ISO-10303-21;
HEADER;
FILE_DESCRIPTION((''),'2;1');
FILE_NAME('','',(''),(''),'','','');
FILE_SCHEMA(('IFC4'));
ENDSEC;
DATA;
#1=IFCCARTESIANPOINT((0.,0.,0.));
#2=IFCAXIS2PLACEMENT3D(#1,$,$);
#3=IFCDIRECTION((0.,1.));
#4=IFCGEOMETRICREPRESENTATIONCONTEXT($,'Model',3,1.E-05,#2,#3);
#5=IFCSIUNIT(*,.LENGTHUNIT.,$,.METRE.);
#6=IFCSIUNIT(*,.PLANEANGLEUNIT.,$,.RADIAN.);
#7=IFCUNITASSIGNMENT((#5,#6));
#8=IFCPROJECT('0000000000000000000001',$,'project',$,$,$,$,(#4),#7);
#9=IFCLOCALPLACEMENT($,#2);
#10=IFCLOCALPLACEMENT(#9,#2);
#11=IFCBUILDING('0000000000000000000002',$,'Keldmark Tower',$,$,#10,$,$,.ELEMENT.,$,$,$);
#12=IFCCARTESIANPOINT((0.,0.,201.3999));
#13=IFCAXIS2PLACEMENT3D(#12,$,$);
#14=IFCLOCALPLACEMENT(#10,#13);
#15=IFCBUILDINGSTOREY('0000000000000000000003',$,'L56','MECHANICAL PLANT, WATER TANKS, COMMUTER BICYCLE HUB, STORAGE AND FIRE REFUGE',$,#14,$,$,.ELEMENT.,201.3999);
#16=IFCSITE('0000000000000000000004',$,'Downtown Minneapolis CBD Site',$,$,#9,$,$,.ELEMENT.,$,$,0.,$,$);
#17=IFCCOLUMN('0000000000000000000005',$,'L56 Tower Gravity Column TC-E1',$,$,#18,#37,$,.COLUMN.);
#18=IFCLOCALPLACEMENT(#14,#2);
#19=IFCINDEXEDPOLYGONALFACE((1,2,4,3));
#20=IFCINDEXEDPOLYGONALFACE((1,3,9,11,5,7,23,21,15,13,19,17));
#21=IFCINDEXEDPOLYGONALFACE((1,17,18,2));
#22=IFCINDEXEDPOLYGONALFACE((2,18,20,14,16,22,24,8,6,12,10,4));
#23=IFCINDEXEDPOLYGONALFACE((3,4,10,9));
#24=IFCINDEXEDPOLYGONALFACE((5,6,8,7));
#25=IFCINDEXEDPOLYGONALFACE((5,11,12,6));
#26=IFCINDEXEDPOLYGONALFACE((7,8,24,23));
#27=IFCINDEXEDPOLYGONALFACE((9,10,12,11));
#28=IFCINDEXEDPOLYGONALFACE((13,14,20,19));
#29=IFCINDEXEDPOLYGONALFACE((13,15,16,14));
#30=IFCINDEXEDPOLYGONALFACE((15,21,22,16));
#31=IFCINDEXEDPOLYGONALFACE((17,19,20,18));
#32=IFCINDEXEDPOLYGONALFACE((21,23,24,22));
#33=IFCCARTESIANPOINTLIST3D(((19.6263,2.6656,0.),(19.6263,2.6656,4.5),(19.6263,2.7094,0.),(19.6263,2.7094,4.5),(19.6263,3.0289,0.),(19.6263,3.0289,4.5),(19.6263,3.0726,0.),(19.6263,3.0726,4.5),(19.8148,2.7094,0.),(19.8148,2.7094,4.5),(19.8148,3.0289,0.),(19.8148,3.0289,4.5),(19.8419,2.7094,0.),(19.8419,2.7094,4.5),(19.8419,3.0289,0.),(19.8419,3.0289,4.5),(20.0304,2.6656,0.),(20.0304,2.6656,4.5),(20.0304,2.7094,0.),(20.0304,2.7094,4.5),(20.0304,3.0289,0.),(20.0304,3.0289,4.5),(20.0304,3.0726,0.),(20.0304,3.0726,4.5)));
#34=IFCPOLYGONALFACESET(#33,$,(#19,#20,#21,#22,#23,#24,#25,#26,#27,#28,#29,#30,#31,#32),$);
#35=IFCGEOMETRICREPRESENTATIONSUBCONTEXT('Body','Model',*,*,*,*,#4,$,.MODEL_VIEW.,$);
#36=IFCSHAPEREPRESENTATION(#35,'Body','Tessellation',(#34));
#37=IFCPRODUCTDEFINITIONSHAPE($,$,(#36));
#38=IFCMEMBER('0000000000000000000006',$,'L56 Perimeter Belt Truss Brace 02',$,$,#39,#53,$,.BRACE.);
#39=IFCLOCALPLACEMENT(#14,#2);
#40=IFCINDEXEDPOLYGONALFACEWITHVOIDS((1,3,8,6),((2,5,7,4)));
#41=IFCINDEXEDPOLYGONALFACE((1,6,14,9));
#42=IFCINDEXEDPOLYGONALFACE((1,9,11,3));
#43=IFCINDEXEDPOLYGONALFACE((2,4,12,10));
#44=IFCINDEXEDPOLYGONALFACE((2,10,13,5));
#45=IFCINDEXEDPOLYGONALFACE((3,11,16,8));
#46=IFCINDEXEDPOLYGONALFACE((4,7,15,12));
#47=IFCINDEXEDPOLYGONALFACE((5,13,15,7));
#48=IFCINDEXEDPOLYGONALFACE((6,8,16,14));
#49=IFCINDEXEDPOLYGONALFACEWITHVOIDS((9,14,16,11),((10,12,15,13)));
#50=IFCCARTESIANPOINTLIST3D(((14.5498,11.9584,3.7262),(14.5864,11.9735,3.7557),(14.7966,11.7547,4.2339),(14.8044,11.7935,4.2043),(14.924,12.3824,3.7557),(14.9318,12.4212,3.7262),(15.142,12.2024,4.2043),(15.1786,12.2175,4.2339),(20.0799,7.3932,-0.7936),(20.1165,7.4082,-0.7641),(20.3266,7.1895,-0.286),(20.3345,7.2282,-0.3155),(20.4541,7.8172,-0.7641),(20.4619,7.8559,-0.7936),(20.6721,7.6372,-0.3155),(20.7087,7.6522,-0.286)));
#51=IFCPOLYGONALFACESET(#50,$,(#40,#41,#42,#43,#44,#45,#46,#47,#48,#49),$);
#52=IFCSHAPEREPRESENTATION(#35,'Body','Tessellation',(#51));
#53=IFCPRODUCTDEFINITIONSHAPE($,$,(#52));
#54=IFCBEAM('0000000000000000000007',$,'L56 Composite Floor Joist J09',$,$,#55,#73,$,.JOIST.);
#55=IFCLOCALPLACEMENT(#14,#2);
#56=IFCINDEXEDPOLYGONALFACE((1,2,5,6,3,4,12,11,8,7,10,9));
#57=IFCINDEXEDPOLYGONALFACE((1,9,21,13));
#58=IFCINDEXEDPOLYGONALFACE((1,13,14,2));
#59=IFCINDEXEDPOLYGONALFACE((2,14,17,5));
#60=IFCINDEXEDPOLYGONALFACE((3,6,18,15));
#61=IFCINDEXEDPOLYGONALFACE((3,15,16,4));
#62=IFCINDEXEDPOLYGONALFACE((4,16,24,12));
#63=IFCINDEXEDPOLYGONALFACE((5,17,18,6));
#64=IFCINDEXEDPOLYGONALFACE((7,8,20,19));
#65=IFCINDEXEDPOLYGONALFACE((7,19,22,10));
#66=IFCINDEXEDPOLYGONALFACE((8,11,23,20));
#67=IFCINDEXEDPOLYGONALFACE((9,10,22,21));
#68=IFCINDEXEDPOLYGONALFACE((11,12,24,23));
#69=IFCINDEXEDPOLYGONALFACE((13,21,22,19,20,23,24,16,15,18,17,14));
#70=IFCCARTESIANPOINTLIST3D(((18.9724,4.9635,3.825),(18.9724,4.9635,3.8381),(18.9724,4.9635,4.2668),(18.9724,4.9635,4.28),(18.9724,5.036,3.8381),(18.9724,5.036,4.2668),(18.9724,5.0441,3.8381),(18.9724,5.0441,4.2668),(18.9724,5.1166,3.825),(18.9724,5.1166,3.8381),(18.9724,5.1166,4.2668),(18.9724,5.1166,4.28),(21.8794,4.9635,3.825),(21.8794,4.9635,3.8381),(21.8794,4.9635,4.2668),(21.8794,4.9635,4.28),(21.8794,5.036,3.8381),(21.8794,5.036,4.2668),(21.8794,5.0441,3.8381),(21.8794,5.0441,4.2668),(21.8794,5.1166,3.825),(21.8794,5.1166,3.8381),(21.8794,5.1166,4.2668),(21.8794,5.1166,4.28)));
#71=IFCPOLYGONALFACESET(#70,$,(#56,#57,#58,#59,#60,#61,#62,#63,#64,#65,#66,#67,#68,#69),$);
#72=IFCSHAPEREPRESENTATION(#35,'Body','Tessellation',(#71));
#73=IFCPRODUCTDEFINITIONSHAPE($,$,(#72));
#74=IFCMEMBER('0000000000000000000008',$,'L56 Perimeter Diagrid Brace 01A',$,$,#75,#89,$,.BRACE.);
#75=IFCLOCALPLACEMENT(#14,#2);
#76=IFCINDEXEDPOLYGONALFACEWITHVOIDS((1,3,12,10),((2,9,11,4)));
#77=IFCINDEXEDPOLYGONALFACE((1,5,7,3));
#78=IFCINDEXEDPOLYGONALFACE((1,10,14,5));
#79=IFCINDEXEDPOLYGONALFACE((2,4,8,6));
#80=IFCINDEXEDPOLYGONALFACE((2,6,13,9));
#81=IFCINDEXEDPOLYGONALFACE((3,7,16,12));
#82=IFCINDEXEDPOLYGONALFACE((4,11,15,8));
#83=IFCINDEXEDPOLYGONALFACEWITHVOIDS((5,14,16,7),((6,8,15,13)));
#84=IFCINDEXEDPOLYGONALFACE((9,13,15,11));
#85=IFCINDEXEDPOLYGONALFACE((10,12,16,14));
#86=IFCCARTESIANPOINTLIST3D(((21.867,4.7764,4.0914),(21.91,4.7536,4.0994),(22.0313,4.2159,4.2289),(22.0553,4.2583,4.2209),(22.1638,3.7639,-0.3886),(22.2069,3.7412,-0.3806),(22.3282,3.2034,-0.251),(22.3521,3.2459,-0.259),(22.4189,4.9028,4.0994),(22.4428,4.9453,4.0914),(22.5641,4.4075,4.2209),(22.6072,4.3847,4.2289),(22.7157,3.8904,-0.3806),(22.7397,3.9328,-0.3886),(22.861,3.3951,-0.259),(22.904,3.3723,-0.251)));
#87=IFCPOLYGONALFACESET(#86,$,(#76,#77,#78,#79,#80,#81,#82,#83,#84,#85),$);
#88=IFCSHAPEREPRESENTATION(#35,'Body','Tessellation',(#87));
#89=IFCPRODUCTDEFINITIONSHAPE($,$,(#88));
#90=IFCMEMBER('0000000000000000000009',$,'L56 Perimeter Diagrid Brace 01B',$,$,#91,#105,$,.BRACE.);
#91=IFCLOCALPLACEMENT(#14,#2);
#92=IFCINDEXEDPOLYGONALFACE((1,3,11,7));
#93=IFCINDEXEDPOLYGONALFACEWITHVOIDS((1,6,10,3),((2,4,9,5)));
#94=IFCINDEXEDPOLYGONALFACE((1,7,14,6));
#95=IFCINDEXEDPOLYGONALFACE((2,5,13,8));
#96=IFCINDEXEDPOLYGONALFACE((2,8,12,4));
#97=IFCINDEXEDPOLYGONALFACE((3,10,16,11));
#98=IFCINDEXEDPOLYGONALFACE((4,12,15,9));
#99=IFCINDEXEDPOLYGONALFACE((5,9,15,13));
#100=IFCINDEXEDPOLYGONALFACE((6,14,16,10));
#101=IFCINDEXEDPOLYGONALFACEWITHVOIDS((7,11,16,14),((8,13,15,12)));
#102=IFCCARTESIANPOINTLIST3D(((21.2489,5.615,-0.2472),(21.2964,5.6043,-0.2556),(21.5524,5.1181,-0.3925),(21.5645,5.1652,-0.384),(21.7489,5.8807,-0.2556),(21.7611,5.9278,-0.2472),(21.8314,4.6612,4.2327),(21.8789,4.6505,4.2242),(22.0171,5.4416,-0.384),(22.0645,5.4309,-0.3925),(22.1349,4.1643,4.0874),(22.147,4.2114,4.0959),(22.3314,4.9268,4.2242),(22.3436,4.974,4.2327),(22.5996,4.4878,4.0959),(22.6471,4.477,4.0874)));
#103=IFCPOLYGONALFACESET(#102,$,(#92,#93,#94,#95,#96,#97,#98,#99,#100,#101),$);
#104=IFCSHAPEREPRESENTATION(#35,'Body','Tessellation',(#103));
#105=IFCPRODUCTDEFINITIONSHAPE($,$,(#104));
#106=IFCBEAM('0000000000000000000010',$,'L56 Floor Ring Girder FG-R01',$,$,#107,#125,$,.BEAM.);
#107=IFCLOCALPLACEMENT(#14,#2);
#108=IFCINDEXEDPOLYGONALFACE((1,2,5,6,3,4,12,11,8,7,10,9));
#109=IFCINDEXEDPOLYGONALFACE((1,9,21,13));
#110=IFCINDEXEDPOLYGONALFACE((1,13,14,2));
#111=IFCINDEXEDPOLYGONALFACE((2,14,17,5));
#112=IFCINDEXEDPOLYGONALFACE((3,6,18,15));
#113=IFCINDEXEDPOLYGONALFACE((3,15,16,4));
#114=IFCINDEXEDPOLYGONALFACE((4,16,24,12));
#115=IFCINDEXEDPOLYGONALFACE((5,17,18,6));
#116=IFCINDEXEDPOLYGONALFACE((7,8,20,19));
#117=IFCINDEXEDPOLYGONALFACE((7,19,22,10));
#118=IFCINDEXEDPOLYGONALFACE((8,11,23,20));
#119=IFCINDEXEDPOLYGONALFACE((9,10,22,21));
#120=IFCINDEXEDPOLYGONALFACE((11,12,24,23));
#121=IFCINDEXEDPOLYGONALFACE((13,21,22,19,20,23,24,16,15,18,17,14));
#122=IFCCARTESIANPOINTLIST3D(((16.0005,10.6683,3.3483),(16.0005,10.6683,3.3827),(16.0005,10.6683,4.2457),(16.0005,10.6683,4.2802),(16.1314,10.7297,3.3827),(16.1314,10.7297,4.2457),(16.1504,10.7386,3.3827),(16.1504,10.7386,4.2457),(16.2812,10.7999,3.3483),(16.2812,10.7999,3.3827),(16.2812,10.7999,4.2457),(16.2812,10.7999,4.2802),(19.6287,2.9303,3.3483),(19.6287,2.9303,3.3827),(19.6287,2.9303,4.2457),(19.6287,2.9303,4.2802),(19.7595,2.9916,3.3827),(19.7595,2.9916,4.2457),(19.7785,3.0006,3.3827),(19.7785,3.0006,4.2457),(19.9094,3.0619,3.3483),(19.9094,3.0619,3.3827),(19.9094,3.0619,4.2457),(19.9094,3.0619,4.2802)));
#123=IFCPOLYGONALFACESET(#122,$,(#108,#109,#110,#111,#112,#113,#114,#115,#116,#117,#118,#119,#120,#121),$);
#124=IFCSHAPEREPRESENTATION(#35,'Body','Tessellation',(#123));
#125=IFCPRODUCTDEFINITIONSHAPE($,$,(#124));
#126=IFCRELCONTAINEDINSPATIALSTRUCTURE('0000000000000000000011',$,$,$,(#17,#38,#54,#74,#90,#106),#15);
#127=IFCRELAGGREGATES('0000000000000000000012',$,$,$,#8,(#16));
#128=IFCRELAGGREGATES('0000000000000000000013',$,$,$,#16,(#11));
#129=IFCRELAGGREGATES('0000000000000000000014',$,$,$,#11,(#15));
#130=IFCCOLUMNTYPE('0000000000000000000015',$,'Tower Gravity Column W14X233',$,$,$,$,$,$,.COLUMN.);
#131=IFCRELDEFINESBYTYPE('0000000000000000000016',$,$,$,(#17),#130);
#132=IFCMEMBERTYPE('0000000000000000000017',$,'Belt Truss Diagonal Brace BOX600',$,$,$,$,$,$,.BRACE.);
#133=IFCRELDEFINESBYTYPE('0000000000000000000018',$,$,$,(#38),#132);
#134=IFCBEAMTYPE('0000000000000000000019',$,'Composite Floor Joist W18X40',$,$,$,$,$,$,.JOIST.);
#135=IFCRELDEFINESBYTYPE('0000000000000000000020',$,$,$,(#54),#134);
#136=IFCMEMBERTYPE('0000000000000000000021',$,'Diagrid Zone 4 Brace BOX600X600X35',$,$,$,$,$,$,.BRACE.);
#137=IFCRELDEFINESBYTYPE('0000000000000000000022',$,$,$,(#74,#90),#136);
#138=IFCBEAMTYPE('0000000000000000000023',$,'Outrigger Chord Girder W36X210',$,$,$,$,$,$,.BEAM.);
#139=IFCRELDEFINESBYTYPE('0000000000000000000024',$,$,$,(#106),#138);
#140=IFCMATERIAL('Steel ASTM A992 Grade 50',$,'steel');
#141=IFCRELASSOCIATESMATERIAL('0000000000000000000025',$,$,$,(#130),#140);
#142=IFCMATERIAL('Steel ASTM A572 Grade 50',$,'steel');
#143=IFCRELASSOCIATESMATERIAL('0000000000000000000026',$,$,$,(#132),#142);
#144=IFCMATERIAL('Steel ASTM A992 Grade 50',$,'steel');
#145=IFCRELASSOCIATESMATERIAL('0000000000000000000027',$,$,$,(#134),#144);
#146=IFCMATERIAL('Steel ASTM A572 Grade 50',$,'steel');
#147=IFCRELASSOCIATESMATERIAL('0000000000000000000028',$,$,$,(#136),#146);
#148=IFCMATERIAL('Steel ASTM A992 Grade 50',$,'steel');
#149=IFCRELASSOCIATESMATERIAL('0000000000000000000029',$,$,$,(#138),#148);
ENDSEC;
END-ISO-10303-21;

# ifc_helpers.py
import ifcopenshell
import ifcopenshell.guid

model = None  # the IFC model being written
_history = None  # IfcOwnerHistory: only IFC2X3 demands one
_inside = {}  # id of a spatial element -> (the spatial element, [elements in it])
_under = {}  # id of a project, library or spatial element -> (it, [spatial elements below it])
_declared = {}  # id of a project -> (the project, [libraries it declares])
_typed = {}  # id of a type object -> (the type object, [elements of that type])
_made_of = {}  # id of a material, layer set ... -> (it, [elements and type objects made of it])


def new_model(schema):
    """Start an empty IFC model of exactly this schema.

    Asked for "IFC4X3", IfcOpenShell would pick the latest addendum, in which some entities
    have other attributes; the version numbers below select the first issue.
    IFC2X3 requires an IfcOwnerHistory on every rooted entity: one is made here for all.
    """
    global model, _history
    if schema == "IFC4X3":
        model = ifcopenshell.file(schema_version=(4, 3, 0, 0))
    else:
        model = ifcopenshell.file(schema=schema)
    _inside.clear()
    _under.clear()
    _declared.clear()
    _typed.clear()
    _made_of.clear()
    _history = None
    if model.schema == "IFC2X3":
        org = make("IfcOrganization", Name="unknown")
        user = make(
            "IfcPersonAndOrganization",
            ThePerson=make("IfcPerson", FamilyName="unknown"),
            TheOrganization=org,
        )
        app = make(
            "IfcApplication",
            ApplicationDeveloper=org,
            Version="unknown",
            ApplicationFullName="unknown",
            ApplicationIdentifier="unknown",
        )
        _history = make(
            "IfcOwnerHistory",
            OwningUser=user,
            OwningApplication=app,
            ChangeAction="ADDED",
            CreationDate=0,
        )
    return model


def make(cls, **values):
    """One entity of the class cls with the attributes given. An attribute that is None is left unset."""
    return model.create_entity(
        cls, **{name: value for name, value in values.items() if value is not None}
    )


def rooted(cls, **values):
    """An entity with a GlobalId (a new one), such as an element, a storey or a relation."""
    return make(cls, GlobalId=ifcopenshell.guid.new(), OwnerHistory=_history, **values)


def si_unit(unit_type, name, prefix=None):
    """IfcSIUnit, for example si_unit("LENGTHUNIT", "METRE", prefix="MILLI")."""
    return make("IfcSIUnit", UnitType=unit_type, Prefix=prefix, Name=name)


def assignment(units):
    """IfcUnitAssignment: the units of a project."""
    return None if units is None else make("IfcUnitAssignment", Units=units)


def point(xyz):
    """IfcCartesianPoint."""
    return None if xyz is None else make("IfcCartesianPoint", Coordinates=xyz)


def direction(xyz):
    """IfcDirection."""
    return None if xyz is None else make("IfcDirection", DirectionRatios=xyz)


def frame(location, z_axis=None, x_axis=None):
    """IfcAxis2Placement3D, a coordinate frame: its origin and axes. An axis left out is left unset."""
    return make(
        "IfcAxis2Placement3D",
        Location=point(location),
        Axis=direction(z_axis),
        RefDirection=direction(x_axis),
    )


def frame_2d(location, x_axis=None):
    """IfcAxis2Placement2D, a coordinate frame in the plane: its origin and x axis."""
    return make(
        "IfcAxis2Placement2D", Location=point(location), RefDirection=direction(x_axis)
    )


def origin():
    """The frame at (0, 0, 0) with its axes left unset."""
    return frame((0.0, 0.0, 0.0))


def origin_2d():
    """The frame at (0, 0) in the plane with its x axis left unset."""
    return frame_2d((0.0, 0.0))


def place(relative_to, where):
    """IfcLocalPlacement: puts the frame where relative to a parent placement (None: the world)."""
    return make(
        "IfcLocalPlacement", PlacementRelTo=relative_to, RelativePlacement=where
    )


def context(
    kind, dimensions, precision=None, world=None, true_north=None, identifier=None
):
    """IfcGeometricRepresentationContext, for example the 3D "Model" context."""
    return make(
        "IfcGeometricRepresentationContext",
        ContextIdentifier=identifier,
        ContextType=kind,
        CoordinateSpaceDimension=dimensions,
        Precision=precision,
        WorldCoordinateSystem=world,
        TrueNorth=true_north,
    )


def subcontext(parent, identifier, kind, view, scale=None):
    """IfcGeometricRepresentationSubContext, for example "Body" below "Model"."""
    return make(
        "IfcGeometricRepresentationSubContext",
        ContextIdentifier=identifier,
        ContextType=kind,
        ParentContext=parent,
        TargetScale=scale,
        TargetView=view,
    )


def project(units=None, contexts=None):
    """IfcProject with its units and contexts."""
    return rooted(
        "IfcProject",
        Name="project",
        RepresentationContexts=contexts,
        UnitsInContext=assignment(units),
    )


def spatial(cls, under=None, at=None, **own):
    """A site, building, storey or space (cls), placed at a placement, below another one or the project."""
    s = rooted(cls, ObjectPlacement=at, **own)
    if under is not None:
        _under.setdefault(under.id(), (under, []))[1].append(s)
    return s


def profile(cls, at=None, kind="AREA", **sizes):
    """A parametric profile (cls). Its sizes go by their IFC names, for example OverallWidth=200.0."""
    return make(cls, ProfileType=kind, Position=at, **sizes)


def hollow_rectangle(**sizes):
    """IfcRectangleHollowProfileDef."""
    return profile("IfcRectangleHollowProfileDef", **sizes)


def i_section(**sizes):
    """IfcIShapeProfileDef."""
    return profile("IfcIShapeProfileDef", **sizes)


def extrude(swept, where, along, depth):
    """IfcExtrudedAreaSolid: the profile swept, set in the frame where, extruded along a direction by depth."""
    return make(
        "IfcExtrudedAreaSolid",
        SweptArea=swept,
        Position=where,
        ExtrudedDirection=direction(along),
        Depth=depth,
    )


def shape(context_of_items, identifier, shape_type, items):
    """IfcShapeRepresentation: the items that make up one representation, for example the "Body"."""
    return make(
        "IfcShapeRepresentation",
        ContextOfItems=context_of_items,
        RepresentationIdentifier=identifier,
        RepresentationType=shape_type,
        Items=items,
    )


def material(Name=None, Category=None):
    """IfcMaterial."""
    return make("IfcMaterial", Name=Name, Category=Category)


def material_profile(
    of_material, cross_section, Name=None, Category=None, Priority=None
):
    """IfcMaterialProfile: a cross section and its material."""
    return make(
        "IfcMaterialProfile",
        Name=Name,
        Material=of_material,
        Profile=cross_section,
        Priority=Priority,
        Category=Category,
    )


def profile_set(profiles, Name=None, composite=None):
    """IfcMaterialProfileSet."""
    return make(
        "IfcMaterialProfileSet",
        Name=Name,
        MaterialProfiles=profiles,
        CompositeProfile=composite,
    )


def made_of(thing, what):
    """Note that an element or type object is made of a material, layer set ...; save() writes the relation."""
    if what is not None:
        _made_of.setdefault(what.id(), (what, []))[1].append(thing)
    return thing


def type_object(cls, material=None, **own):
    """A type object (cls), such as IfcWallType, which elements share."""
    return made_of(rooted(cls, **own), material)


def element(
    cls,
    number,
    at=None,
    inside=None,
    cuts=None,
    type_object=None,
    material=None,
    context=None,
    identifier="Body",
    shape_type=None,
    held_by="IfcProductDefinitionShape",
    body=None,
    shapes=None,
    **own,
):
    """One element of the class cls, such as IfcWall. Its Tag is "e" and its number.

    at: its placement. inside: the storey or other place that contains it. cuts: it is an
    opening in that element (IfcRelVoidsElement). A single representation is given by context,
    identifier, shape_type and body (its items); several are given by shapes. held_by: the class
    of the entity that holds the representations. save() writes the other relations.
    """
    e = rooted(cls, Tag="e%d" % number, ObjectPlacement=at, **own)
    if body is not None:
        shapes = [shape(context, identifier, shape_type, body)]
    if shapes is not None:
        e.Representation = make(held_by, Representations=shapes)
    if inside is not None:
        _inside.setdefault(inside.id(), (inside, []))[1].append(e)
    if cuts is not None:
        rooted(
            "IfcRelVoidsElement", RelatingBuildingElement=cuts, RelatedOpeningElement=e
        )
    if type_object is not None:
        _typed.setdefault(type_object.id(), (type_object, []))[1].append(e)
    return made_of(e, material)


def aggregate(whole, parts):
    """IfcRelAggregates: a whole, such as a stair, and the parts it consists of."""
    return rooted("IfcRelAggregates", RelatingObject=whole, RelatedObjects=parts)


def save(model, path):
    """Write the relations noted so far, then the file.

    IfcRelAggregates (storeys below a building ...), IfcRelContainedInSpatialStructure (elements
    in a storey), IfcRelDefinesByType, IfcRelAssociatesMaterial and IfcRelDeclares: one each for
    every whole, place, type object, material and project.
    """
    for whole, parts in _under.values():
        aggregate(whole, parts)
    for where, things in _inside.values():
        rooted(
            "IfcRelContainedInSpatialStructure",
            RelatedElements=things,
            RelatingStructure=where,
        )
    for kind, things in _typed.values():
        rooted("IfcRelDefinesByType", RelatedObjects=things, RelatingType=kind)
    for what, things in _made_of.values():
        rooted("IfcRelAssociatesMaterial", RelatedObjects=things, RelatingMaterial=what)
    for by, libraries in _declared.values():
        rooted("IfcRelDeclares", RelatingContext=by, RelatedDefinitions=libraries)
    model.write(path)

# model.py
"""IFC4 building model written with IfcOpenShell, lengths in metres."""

from ifc_helpers import new_model, si_unit, direction, frame, origin, origin_2d, place, context, subcontext, project, spatial, hollow_rectangle, i_section, extrude, material, material_profile, profile_set, type_object, element, save


model = new_model("IFC4")

# Units and contexts
model_context = context("Model", 3, precision=1e-05, world=origin(), true_north=direction((0.0, 1.0)))
body_context = subcontext(model_context, "Body", "Model", "MODEL_VIEW")
ifc_project = project(units=[si_unit("LENGTHUNIT", "METRE"), si_unit("PLANEANGLEUNIT", "RADIAN")], contexts=[model_context])

# Site, building, storey
site_placement = place(None, origin())
site = spatial("IfcSite", under=ifc_project, at=site_placement, Name="Downtown Minneapolis CBD Site", CompositionType="ELEMENT", RefElevation=0.0)
building_placement = place(site_placement, origin())
building = spatial("IfcBuilding", under=site, at=building_placement, Name="Keldmark Tower", CompositionType="ELEMENT")
storey_placement = place(building_placement, frame((0.0, 0.0, 201.3999)))
storey = spatial("IfcBuildingStorey", under=building, at=storey_placement, Name="L56", Description="MECHANICAL PLANT, WATER TANKS, COMMUTER BICYCLE HUB, STORAGE AND FIRE REFUGE", CompositionType="ELEMENT", Elevation=201.3999)

# Column
ifc_material_1 = material(Name="Steel ASTM A992 Grade 50", Category="steel")
ifc_material_profile_1 = material_profile(ifc_material_1, i_section(OverallWidth=0.4041, OverallDepth=0.407, WebThickness=0.0271, FlangeThickness=0.0437, at=origin_2d()), Name="W14X233")
ifc_profile_set_1 = profile_set([ifc_material_profile_1], Name="Steel ASTM A992 Grade 50")
column_type = type_object("IfcColumnType", Name="Tower Gravity Column W14X233", PredefinedType="COLUMN", material=ifc_profile_set_1)
column_placement = place(storey_placement, frame((19.8284, 2.8691, 0.0), z_axis=(0.0, 0.0, 1.0), x_axis=(1.0, 0.0, 0.0)))
element("IfcColumn", 1, at=column_placement, inside=storey, type_object=column_type, Name="L56 Tower Gravity Column TC-E1", PredefinedType="COLUMN", context=body_context, shape_type="SweptSolid", body=[
    extrude(i_section(OverallWidth=0.4041, OverallDepth=0.407, WebThickness=0.0271, FlangeThickness=0.0437, at=origin_2d()), origin(), (0.0, 0.0, 1.0), 4.5),
])

# Member
ifc_material_2 = material(Name="Steel ASTM A572 Grade 50", Category="steel")
ifc_material_profile_2 = material_profile(ifc_material_2, hollow_rectangle(XDim=0.6001, YDim=0.6001, WallThickness=0.0349, at=origin_2d()), Name="BOX600X600X35")
ifc_profile_set_2 = profile_set([ifc_material_profile_2], Name="Steel ASTM A572 Grade 50")
member_type_1 = type_object("IfcMemberType", Name="Belt Truss Diagonal Brace BOX600", PredefinedType="BRACE", material=ifc_profile_set_2)
member_1_placement = place(storey_placement, frame((20.3943, 7.5227, -0.5398), z_axis=(-0.652398, 0.538572, 0.533214), x_axis=(-0.636624, -0.771174, 0.0)))
element("IfcMember", 2, at=member_1_placement, inside=storey, type_object=member_type_1, Name="L56 Perimeter Belt Truss Brace 02", PredefinedType="BRACE", context=body_context, shape_type="SweptSolid", body=[
    extrude(hollow_rectangle(XDim=0.6001, YDim=0.6001, WallThickness=0.0349, at=origin_2d()), origin(), (0.0, 0.0, 1.0), 8.4766),
])

# Beam
ifc_material_3 = material(Name="Steel ASTM A992 Grade 50", Category="steel")
ifc_material_profile_3 = material_profile(ifc_material_3, i_section(OverallWidth=0.1531, OverallDepth=0.4551, WebThickness=0.0081, FlangeThickness=0.0132, at=origin_2d()), Name="W18X40")
ifc_profile_set_3 = profile_set([ifc_material_profile_3], Name="Steel ASTM A992 Grade 50")
beam_type_1 = type_object("IfcBeamType", Name="Composite Floor Joist W18X40", PredefinedType="JOIST", material=ifc_profile_set_3)
beam_1_placement = place(storey_placement, frame((18.9724, 5.04, 4.0525), z_axis=(1.0, 0.0, 0.0), x_axis=(0.0, 1.0, 0.0)))
element("IfcBeam", 3, at=beam_1_placement, inside=storey, type_object=beam_type_1, Name="L56 Composite Floor Joist J09", PredefinedType="JOIST", context=body_context, shape_type="SweptSolid", body=[
    extrude(i_section(OverallWidth=0.1531, OverallDepth=0.4551, WebThickness=0.0081, FlangeThickness=0.0132, at=origin_2d()), origin(), (0.0, 0.0, 1.0), 2.907),
])

# Members
ifc_material_4 = material(Name="Steel ASTM A572 Grade 50", Category="steel")
ifc_material_profile_4 = material_profile(ifc_material_4, hollow_rectangle(XDim=0.6001, YDim=0.6001, WallThickness=0.0349, at=origin_2d()), Name="BOX600X600X35")
ifc_profile_set_4 = profile_set([ifc_material_profile_4], Name="Steel ASTM A572 Grade 50")
member_type_2 = type_object("IfcMemberType", Name="Diagrid Zone 4 Brace BOX600X600X35", PredefinedType="BRACE", material=ifc_profile_set_4)
member_2_placement = place(storey_placement, frame((22.5339, 3.5681, -0.3198), z_axis=(-0.064502, 0.219976, 0.97337), x_axis=(-0.959597, -0.281377, 0.0)))
element("IfcMember", 4, at=member_2_placement, inside=storey, type_object=member_type_2, Name="L56 Perimeter Diagrid Brace 01A", PredefinedType="BRACE", context=body_context, shape_type="SweptSolid", body=[
    extrude(hollow_rectangle(XDim=0.6001, YDim=0.6001, WallThickness=0.0349, at=origin_2d()), origin(), (0.0, 0.0, 1.0), 4.6025),
])
member_3_placement = place(storey_placement, frame((21.6567, 5.5229, -0.3198), z_axis=(0.12616, -0.206584, 0.970261), x_axis=(0.853438, 0.521194, 0.0)))
element("IfcMember", 5, at=member_3_placement, inside=storey, type_object=member_type_2, Name="L56 Perimeter Diagrid Brace 01B", PredefinedType="BRACE", context=body_context, shape_type="SweptSolid", body=[
    extrude(hollow_rectangle(XDim=0.6001, YDim=0.6001, WallThickness=0.0349, at=origin_2d()), origin(), (0.0, 0.0, 1.0), 4.6172),
])

# Beam
ifc_material_5 = material(Name="Steel ASTM A992 Grade 50", Category="steel")
ifc_material_profile_5 = material_profile(ifc_material_5, i_section(OverallWidth=0.3101, OverallDepth=0.9319, WebThickness=0.021, FlangeThickness=0.0344, at=origin_2d()), Name="W36X210")
ifc_profile_set_5 = profile_set([ifc_material_profile_5], Name="Steel ASTM A992 Grade 50")
beam_type_2 = type_object("IfcBeamType", Name="Outrigger Chord Girder W36X210", PredefinedType="BEAM", material=ifc_profile_set_5)
beam_2_placement = place(storey_placement, frame((19.769, 2.9961, 3.8142), z_axis=(-0.424527, 0.905415, 0.0), x_axis=(-0.905415, -0.424527, 0.0)))
element("IfcBeam", 6, at=beam_2_placement, inside=storey, type_object=beam_type_2, Name="L56 Floor Ring Girder FG-R01", PredefinedType="BEAM", context=body_context, shape_type="SweptSolid", body=[
    extrude(i_section(OverallWidth=0.3101, OverallDepth=0.9319, WebThickness=0.021, FlangeThickness=0.0344, at=origin_2d()), origin(), (0.0, 0.0, 1.0), 8.5464),
])

save(model, "model.ifc")
